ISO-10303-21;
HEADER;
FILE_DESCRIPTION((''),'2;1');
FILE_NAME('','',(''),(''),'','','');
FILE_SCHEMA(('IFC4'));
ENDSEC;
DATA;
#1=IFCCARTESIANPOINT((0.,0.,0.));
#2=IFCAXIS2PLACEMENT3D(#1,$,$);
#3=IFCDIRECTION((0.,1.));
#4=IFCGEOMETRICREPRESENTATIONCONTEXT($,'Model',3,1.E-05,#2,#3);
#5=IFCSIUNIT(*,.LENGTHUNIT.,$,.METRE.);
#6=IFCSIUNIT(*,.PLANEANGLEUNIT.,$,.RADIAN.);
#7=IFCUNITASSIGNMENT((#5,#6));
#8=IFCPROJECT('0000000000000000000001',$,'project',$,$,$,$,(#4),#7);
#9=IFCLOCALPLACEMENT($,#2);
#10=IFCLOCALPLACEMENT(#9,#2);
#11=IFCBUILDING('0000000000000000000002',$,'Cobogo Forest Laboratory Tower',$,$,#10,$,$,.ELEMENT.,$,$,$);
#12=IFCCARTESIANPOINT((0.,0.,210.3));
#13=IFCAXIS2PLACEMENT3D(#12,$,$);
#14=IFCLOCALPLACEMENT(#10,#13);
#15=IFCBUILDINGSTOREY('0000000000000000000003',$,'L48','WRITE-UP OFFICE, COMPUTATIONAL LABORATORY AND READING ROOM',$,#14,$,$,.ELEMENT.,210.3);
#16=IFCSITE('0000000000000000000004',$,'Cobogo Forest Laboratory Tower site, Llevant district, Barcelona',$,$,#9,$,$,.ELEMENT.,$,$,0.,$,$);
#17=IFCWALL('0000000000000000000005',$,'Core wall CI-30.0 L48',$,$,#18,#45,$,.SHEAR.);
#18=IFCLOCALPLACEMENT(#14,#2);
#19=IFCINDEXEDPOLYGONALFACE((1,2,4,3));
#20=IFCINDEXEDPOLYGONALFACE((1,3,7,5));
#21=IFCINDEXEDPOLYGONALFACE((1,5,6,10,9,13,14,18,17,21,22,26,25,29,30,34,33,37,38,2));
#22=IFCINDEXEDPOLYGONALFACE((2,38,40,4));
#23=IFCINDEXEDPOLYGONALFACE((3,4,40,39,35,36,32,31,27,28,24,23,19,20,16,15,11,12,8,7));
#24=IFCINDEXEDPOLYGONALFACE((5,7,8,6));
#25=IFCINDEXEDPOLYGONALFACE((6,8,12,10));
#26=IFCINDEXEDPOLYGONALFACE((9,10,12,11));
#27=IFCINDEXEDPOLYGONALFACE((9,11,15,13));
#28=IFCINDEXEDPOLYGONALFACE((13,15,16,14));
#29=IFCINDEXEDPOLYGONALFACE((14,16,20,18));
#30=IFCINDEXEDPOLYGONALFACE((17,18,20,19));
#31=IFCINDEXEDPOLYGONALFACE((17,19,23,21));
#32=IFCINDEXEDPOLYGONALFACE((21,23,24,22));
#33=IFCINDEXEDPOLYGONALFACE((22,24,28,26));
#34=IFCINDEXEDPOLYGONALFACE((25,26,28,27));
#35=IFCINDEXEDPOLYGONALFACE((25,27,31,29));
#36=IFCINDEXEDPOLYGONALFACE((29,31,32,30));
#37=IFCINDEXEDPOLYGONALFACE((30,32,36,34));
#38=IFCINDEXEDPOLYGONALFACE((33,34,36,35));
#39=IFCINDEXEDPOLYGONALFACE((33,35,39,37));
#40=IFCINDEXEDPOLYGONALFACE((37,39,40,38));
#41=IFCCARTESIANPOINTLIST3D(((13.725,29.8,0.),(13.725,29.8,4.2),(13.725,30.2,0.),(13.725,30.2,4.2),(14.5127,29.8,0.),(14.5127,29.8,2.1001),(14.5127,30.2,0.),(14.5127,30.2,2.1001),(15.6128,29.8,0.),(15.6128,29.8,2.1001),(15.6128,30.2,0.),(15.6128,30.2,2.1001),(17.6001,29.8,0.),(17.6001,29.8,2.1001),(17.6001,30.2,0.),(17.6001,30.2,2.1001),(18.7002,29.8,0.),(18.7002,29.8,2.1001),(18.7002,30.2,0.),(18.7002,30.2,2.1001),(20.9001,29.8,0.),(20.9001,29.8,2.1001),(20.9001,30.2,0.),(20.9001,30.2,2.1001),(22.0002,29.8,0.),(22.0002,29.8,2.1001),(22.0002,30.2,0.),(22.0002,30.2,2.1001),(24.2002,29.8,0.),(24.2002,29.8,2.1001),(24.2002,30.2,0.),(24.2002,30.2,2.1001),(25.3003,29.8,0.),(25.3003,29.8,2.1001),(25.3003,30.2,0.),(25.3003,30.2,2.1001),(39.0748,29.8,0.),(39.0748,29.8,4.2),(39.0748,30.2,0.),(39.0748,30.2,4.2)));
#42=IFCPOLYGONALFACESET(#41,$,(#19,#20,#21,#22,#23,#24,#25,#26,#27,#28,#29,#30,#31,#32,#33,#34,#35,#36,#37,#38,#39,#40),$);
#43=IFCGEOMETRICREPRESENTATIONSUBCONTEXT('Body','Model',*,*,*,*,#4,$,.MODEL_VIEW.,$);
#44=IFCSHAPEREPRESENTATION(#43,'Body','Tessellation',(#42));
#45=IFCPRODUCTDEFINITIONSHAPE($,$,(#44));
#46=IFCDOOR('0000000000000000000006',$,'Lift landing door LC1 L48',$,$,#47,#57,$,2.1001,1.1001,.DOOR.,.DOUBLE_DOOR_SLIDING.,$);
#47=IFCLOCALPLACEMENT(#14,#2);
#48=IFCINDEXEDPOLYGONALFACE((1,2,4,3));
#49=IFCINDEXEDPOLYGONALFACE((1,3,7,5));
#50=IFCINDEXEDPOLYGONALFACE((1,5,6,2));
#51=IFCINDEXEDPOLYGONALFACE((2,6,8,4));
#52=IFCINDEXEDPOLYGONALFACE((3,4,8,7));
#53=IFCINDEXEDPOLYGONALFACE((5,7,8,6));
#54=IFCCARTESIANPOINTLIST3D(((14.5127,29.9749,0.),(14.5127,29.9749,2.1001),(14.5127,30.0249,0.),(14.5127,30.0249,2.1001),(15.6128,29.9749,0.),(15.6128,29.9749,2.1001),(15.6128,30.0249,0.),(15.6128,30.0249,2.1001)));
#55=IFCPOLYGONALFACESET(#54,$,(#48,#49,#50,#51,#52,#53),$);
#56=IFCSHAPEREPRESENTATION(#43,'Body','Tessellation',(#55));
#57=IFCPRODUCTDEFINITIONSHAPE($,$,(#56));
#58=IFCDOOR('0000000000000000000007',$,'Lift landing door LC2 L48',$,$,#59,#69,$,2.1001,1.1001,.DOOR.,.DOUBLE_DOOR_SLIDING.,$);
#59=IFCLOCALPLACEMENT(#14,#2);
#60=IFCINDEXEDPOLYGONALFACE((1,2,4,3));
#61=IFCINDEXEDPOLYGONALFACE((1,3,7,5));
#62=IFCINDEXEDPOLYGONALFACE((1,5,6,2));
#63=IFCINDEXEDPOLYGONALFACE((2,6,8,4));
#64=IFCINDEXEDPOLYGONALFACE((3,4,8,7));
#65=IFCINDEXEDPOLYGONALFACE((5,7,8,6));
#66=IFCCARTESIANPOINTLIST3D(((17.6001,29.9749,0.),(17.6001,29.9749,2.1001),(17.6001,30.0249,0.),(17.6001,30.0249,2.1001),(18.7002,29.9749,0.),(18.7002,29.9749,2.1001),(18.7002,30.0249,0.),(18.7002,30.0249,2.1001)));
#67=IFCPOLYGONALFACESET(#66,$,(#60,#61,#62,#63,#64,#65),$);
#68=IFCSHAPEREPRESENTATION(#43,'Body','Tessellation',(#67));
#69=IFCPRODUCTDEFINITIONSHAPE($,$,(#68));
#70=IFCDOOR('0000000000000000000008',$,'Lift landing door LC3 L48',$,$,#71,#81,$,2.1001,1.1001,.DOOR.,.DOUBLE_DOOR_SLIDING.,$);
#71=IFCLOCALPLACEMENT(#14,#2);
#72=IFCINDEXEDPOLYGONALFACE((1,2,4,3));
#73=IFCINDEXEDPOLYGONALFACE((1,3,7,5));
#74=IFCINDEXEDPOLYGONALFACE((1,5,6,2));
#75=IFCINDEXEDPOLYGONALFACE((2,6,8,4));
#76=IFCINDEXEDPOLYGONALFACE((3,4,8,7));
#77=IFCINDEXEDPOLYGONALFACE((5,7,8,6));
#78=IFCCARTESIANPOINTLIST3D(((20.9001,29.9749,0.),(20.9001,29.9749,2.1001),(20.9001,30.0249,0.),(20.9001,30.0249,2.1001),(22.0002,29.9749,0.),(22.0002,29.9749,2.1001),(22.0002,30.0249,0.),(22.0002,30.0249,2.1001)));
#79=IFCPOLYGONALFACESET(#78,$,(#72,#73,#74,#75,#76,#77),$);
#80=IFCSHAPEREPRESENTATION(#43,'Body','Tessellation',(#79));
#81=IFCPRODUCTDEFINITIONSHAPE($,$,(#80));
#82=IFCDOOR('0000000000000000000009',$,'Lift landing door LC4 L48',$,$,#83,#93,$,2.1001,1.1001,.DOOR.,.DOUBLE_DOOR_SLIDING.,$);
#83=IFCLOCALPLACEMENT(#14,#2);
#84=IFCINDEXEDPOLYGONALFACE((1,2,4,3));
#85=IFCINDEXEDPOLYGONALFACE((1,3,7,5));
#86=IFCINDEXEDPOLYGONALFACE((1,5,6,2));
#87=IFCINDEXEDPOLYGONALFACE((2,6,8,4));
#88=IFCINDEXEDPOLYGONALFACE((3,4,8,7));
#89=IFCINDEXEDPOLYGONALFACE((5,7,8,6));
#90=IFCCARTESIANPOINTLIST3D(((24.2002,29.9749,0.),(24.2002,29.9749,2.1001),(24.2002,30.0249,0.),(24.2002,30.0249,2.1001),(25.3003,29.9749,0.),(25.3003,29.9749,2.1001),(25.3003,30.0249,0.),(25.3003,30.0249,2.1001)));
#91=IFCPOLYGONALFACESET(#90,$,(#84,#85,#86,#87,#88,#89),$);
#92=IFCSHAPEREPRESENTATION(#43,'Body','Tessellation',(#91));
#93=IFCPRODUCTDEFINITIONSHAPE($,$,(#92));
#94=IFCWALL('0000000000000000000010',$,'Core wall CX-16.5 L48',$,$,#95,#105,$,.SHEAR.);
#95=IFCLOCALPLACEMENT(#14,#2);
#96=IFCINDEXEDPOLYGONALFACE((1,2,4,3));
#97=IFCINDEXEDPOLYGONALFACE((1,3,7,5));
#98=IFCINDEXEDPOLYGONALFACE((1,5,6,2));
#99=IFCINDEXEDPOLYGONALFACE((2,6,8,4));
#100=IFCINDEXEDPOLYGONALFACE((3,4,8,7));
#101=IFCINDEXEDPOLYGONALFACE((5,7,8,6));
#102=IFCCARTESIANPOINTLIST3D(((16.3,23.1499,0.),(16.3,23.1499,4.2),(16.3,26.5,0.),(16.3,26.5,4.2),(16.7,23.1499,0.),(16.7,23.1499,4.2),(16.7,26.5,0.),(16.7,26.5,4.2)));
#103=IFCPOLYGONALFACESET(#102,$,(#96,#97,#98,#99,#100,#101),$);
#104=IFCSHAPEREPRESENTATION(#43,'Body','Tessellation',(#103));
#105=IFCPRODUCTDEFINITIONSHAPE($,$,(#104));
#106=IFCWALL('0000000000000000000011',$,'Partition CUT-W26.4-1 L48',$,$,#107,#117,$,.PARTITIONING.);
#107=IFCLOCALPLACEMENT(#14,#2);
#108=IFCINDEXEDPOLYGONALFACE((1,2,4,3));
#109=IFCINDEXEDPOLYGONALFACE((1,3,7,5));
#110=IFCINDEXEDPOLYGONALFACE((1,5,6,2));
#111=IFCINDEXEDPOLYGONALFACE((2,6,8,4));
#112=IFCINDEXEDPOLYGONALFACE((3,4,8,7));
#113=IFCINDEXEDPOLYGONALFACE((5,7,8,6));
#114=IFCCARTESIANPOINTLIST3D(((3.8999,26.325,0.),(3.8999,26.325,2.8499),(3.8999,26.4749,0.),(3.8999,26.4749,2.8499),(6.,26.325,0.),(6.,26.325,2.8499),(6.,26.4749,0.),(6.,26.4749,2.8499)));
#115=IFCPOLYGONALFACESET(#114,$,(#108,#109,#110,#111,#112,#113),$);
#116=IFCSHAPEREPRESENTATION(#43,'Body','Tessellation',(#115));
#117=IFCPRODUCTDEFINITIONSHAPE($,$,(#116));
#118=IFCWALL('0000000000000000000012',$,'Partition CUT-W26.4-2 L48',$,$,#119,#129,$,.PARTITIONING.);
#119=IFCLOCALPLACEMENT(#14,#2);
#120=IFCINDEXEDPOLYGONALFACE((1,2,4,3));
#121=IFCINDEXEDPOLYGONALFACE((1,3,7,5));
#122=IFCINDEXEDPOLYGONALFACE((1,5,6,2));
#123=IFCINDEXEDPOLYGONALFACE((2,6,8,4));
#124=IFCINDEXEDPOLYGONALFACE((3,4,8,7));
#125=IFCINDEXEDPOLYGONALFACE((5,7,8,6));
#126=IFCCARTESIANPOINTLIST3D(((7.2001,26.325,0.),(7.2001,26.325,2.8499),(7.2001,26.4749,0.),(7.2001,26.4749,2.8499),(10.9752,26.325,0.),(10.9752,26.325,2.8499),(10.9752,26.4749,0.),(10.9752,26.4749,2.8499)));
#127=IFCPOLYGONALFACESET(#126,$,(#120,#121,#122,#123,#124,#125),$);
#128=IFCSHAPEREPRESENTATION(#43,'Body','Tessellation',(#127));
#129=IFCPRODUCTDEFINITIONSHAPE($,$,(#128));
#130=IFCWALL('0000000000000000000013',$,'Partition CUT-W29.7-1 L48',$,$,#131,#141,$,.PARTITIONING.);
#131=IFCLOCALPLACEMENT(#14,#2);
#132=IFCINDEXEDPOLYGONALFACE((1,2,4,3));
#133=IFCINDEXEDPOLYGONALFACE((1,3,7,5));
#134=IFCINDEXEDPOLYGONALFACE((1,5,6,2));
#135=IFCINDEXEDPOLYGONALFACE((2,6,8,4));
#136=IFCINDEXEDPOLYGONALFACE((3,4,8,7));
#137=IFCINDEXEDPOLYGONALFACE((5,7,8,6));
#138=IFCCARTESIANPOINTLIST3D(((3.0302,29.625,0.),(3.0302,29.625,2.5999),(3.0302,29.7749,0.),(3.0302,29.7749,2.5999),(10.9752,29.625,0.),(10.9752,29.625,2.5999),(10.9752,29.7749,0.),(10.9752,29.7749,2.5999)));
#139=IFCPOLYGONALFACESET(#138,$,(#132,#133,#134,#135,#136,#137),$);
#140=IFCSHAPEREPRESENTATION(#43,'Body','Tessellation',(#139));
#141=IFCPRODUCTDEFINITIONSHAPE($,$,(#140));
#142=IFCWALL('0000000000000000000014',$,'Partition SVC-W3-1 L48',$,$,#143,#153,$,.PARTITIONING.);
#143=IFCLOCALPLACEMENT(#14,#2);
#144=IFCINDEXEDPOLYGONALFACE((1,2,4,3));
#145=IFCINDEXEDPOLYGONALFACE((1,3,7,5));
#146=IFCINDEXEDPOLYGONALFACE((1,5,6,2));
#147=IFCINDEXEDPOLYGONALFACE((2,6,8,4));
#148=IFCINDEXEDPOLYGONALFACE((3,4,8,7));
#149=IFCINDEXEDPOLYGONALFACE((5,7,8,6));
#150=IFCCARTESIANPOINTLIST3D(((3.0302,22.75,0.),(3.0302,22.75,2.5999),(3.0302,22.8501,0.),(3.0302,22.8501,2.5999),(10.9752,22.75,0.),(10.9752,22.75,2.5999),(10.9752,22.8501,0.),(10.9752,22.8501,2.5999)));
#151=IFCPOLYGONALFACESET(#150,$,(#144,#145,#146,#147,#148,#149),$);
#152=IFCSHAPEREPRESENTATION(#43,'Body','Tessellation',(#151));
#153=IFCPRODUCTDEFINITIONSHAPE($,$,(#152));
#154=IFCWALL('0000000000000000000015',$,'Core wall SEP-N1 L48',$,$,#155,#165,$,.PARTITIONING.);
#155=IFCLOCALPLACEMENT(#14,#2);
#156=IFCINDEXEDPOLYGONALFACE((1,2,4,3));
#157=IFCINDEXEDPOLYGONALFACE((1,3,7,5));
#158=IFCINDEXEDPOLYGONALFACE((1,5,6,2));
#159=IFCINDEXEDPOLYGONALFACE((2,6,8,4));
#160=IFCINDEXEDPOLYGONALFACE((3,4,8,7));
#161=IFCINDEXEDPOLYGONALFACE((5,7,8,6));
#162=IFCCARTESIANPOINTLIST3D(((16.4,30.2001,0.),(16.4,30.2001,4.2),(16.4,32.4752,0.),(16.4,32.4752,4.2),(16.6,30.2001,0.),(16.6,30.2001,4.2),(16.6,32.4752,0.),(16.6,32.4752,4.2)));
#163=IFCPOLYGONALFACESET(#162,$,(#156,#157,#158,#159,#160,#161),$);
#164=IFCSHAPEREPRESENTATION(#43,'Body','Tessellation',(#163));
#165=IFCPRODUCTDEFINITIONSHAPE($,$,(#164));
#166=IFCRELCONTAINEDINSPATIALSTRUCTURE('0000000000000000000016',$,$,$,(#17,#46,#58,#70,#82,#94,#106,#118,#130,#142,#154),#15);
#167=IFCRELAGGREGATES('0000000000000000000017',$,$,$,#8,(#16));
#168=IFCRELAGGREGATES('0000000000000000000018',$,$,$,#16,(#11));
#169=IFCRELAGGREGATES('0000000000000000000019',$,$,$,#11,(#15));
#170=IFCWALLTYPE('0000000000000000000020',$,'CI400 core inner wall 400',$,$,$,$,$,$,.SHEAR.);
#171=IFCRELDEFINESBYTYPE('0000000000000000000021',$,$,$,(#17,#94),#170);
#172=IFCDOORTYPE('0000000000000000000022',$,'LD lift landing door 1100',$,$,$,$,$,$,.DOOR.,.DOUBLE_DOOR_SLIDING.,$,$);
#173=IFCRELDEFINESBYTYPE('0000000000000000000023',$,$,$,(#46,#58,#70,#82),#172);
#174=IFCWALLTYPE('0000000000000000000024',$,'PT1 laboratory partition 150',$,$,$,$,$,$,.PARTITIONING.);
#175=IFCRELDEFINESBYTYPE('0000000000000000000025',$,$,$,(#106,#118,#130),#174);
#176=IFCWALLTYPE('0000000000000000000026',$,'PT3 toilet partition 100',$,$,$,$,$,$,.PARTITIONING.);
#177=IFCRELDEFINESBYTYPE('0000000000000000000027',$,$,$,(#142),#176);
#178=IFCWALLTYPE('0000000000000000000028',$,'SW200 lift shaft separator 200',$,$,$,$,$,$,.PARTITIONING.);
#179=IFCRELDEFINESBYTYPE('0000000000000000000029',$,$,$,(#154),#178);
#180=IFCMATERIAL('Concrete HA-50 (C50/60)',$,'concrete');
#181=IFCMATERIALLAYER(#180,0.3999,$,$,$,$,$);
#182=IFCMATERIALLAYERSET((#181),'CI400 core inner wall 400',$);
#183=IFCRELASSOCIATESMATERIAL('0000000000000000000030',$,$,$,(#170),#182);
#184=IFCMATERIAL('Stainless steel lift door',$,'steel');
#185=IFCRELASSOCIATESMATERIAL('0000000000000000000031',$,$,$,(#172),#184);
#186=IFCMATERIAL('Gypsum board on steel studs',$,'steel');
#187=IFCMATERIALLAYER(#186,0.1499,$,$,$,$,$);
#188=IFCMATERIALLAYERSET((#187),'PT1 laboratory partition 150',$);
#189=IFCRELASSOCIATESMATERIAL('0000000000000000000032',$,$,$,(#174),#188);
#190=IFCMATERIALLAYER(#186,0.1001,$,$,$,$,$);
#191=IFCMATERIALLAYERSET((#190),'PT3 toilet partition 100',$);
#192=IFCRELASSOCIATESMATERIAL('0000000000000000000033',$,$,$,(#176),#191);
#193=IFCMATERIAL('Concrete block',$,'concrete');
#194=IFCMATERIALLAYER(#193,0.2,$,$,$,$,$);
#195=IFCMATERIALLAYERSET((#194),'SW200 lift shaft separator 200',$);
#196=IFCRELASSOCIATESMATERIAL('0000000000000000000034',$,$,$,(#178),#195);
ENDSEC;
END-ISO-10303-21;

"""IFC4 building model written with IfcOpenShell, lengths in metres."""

from ifc_helpers import new_model, si_unit, direction, frame, frame_2d, origin, place, context, subcontext, project, spatial, rectangle, extrude, material, layer, layer_set, type_object, element, fill, save


model = new_model("IFC4")

# Units and contexts
model_context = context("Model", 3, precision=1e-05, world=origin(), true_north=direction((0.0, 1.0)))
body_context = subcontext(model_context, "Body", "Model", "MODEL_VIEW")
ifc_project = project(units=[si_unit("LENGTHUNIT", "METRE"), si_unit("PLANEANGLEUNIT", "RADIAN")], contexts=[model_context])

# Site, building, storey
site_placement = place(None, origin())
site = spatial("IfcSite", under=ifc_project, at=site_placement, Name="Cobogo Forest Laboratory Tower site, Llevant district, Barcelona", CompositionType="ELEMENT", RefElevation=0.0)
building_placement = place(site_placement, origin())
building = spatial("IfcBuilding", under=site, at=building_placement, Name="Cobogo Forest Laboratory Tower", CompositionType="ELEMENT")
storey_placement = place(building_placement, frame((0.0, 0.0, 210.3)))
storey = spatial("IfcBuildingStorey", under=building, at=storey_placement, Name="L48", Description="WRITE-UP OFFICE, COMPUTATIONAL LABORATORY AND READING ROOM", CompositionType="ELEMENT", Elevation=210.3)

# Shared definitions
ifc_material_1 = material(Name="Concrete HA-50 (C50/60)", Category="concrete")

# Shared definitions
ifc_layer_1 = layer(ifc_material_1, 0.3999)
ifc_layer_set_1 = layer_set([ifc_layer_1], Name="CI400 core inner wall 400")
wall_type_1 = type_object("IfcWallType", Name="CI400 core inner wall 400", PredefinedType="SHEAR", material=ifc_layer_set_1)

# Wall, openings, doors
ifc_material_2 = material(Name="Stainless steel lift door", Category="steel")
door_type_1 = type_object("IfcDoorType", Name="LD lift landing door 1100", OperationType="DOUBLE_DOOR_SLIDING", PredefinedType="DOOR", material=ifc_material_2)
wall_1_placement = place(storey_placement, frame((13.7251, 30.0, 0.0), z_axis=(0.0, 0.0, 1.0), x_axis=(1.0, 0.0, 0.0)))
wall_1 = element("IfcWall", 1, at=wall_1_placement, inside=storey, type_object=wall_type_1, Name="Core wall CI-30.0 L48", PredefinedType="SHEAR", context=body_context, shape_type="SweptSolid", body=[
    extrude(rectangle(XDim=25.3499, YDim=0.3999, at=frame_2d((12.6748, 0.0))), origin(), (0.0, 0.0, 1.0), 4.2),
])
opening_1_placement = place(wall_1_placement, frame((0.7876, 0.0, 0.0)))
opening_1 = element("IfcOpeningElement", 2, at=opening_1_placement, cuts=wall_1, PredefinedType="OPENING", context=body_context, shape_type="SweptSolid", body=[
    extrude(rectangle(XDim=1.1001, YDim=2.1001, at=frame_2d((0.55, 1.05))), frame((0.0, 0.21, 0.0), z_axis=(0.0, -1.0, 0.0), x_axis=(1.0, 0.0, 0.0)), (0.0, 0.0, 1.0), 0.4199),
])
opening_2_placement = place(wall_1_placement, frame((3.875, 0.0, 0.0)))
opening_2 = element("IfcOpeningElement", 3, at=opening_2_placement, cuts=wall_1, PredefinedType="OPENING", context=body_context, shape_type="SweptSolid", body=[
    extrude(rectangle(XDim=1.1001, YDim=2.1001, at=frame_2d((0.55, 1.05))), frame((0.0, 0.21, 0.0), z_axis=(0.0, -1.0, 0.0), x_axis=(1.0, 0.0, 0.0)), (0.0, 0.0, 1.0), 0.4199),
])
opening_3_placement = place(wall_1_placement, frame((7.175, 0.0, 0.0)))
opening_3 = element("IfcOpeningElement", 4, at=opening_3_placement, cuts=wall_1, PredefinedType="OPENING", context=body_context, shape_type="SweptSolid", body=[
    extrude(rectangle(XDim=1.1001, YDim=2.1001, at=frame_2d((0.55, 1.05))), frame((0.0, 0.21, 0.0), z_axis=(0.0, -1.0, 0.0), x_axis=(1.0, 0.0, 0.0)), (0.0, 0.0, 1.0), 0.4199),
])
opening_4_placement = place(wall_1_placement, frame((10.4751, 0.0, 0.0)))
opening_4 = element("IfcOpeningElement", 5, at=opening_4_placement, cuts=wall_1, PredefinedType="OPENING", context=body_context, shape_type="SweptSolid", body=[
    extrude(rectangle(XDim=1.1001, YDim=2.1001, at=frame_2d((0.55, 1.05))), frame((0.0, 0.21, 0.0), z_axis=(0.0, -1.0, 0.0), x_axis=(1.0, 0.0, 0.0)), (0.0, 0.0, 1.0), 0.4199),
])
door_1_placement = place(opening_1_placement, origin())
door_1 = element("IfcDoor", 6, at=door_1_placement, inside=storey, type_object=door_type_1, Name="Lift landing door LC1 L48", OperationType="DOUBLE_DOOR_SLIDING", OverallHeight=2.1001, OverallWidth=1.1001, PredefinedType="DOOR", context=body_context, shape_type="SweptSolid", body=[
    extrude(rectangle(XDim=1.1001, YDim=2.1001, at=frame_2d((0.55, 1.05))), frame((0.0, 0.0249, 0.0), z_axis=(0.0, -1.0, 0.0), x_axis=(1.0, 0.0, 0.0)), (0.0, 0.0, 1.0), 0.05),
])
fill(opening_1, door_1)
door_2_placement = place(opening_2_placement, origin())
door_2 = element("IfcDoor", 7, at=door_2_placement, inside=storey, type_object=door_type_1, Name="Lift landing door LC2 L48", OperationType="DOUBLE_DOOR_SLIDING", OverallHeight=2.1001, OverallWidth=1.1001, PredefinedType="DOOR", context=body_context, shape_type="SweptSolid", body=[
    extrude(rectangle(XDim=1.1001, YDim=2.1001, at=frame_2d((0.55, 1.05))), frame((0.0, 0.0249, 0.0), z_axis=(0.0, -1.0, 0.0), x_axis=(1.0, 0.0, 0.0)), (0.0, 0.0, 1.0), 0.05),
])
fill(opening_2, door_2)
door_3_placement = place(opening_3_placement, origin())
door_3 = element("IfcDoor", 8, at=door_3_placement, inside=storey, type_object=door_type_1, Name="Lift landing door LC3 L48", OperationType="DOUBLE_DOOR_SLIDING", OverallHeight=2.1001, OverallWidth=1.1001, PredefinedType="DOOR", context=body_context, shape_type="SweptSolid", body=[
    extrude(rectangle(XDim=1.1001, YDim=2.1001, at=frame_2d((0.55, 1.05))), frame((0.0, 0.0249, 0.0), z_axis=(0.0, -1.0, 0.0), x_axis=(1.0, 0.0, 0.0)), (0.0, 0.0, 1.0), 0.05),
])
fill(opening_3, door_3)
door_4_placement = place(opening_4_placement, origin())
door_4 = element("IfcDoor", 9, at=door_4_placement, inside=storey, type_object=door_type_1, Name="Lift landing door LC4 L48", OperationType="DOUBLE_DOOR_SLIDING", OverallHeight=2.1001, OverallWidth=1.1001, PredefinedType="DOOR", context=body_context, shape_type="SweptSolid", body=[
    extrude(rectangle(XDim=1.1001, YDim=2.1001, at=frame_2d((0.55, 1.05))), frame((0.0, 0.0249, 0.0), z_axis=(0.0, -1.0, 0.0), x_axis=(1.0, 0.0, 0.0)), (0.0, 0.0, 1.0), 0.05),
])
fill(opening_4, door_4)

# Walls
wall_2_placement = place(storey_placement, frame((16.5, 23.1499, 0.0), z_axis=(0.0, 0.0, 1.0), x_axis=(0.0, 1.0, 0.0)))
element("IfcWall", 10, at=wall_2_placement, inside=storey, type_object=wall_type_1, Name="Core wall CX-16.5 L48", PredefinedType="SHEAR", context=body_context, shape_type="SweptSolid", body=[
    extrude(rectangle(XDim=3.3501, YDim=0.3999, at=frame_2d((1.675, 0.0))), origin(), (0.0, 0.0, 1.0), 4.2),
])
ifc_material_3 = material(Name="Gypsum board on steel studs", Category="steel")
ifc_layer_2 = layer(ifc_material_3, 0.1499)
ifc_layer_set_2 = layer_set([ifc_layer_2], Name="PT1 laboratory partition 150")
wall_type_2 = type_object("IfcWallType", Name="PT1 laboratory partition 150", PredefinedType="PARTITIONING", material=ifc_layer_set_2)
wall_3_placement = place(storey_placement, frame((3.8999, 26.3999, 0.0), z_axis=(0.0, 0.0, 1.0), x_axis=(1.0, 0.0, 0.0)))
element("IfcWall", 11, at=wall_3_placement, inside=storey, type_object=wall_type_2, Name="Partition CUT-W26.4-1 L48", PredefinedType="PARTITIONING", context=body_context, shape_type="SweptSolid", body=[
    extrude(rectangle(XDim=2.1001, YDim=0.1499, at=frame_2d((1.05, 0.0))), origin(), (0.0, 0.0, 1.0), 2.8499),
])
wall_4_placement = place(storey_placement, frame((7.2, 26.3999, 0.0), z_axis=(0.0, 0.0, 1.0), x_axis=(1.0, 0.0, 0.0)))
element("IfcWall", 12, at=wall_4_placement, inside=storey, type_object=wall_type_2, Name="Partition CUT-W26.4-2 L48", PredefinedType="PARTITIONING", context=body_context, shape_type="SweptSolid", body=[
    extrude(rectangle(XDim=3.7751, YDim=0.1499, at=frame_2d((1.8877, 0.0))), origin(), (0.0, 0.0, 1.0), 2.8499),
])
wall_5_placement = place(storey_placement, frame((3.03, 29.7, 0.0), z_axis=(0.0, 0.0, 1.0), x_axis=(1.0, 0.0, 0.0)))
element("IfcWall", 13, at=wall_5_placement, inside=storey, type_object=wall_type_2, Name="Partition CUT-W29.7-1 L48", PredefinedType="PARTITIONING", context=body_context, shape_type="SweptSolid", body=[
    extrude(rectangle(XDim=7.9451, YDim=0.1499, at=frame_2d((3.9727, 0.0))), origin(), (0.0, 0.0, 1.0), 2.5999),
])
ifc_layer_3 = layer(ifc_material_3, 0.1001)
ifc_layer_set_3 = layer_set([ifc_layer_3], Name="PT3 toilet partition 100")
wall_type_3 = type_object("IfcWallType", Name="PT3 toilet partition 100", PredefinedType="PARTITIONING", material=ifc_layer_set_3)
wall_6_placement = place(storey_placement, frame((3.03, 22.8, 0.0), z_axis=(0.0, 0.0, 1.0), x_axis=(1.0, 0.0, 0.0)))
element("IfcWall", 14, at=wall_6_placement, inside=storey, type_object=wall_type_3, Name="Partition SVC-W3-1 L48", PredefinedType="PARTITIONING", context=body_context, shape_type="SweptSolid", body=[
    extrude(rectangle(XDim=7.9451, YDim=0.1001, at=frame_2d((3.9727, 0.0))), origin(), (0.0, 0.0, 1.0), 2.5999),
])
ifc_material_4 = material(Name="Concrete block", Category="concrete")
ifc_layer_4 = layer(ifc_material_4, 0.2)
ifc_layer_set_4 = layer_set([ifc_layer_4], Name="SW200 lift shaft separator 200")
wall_type_4 = type_object("IfcWallType", Name="SW200 lift shaft separator 200", PredefinedType="PARTITIONING", material=ifc_layer_set_4)
wall_7_placement = place(storey_placement, frame((16.5, 30.2, 0.0), z_axis=(0.0, 0.0, 1.0), x_axis=(0.0, 1.0, 0.0)))
element("IfcWall", 15, at=wall_7_placement, inside=storey, type_object=wall_type_4, Name="Core wall SEP-N1 L48", PredefinedType="PARTITIONING", context=body_context, shape_type="SweptSolid", body=[
    extrude(rectangle(XDim=2.2751, YDim=0.2, at=frame_2d((1.1377, 0.0))), origin(), (0.0, 0.0, 1.0), 4.2),
])

save(model, "model.ifc")
